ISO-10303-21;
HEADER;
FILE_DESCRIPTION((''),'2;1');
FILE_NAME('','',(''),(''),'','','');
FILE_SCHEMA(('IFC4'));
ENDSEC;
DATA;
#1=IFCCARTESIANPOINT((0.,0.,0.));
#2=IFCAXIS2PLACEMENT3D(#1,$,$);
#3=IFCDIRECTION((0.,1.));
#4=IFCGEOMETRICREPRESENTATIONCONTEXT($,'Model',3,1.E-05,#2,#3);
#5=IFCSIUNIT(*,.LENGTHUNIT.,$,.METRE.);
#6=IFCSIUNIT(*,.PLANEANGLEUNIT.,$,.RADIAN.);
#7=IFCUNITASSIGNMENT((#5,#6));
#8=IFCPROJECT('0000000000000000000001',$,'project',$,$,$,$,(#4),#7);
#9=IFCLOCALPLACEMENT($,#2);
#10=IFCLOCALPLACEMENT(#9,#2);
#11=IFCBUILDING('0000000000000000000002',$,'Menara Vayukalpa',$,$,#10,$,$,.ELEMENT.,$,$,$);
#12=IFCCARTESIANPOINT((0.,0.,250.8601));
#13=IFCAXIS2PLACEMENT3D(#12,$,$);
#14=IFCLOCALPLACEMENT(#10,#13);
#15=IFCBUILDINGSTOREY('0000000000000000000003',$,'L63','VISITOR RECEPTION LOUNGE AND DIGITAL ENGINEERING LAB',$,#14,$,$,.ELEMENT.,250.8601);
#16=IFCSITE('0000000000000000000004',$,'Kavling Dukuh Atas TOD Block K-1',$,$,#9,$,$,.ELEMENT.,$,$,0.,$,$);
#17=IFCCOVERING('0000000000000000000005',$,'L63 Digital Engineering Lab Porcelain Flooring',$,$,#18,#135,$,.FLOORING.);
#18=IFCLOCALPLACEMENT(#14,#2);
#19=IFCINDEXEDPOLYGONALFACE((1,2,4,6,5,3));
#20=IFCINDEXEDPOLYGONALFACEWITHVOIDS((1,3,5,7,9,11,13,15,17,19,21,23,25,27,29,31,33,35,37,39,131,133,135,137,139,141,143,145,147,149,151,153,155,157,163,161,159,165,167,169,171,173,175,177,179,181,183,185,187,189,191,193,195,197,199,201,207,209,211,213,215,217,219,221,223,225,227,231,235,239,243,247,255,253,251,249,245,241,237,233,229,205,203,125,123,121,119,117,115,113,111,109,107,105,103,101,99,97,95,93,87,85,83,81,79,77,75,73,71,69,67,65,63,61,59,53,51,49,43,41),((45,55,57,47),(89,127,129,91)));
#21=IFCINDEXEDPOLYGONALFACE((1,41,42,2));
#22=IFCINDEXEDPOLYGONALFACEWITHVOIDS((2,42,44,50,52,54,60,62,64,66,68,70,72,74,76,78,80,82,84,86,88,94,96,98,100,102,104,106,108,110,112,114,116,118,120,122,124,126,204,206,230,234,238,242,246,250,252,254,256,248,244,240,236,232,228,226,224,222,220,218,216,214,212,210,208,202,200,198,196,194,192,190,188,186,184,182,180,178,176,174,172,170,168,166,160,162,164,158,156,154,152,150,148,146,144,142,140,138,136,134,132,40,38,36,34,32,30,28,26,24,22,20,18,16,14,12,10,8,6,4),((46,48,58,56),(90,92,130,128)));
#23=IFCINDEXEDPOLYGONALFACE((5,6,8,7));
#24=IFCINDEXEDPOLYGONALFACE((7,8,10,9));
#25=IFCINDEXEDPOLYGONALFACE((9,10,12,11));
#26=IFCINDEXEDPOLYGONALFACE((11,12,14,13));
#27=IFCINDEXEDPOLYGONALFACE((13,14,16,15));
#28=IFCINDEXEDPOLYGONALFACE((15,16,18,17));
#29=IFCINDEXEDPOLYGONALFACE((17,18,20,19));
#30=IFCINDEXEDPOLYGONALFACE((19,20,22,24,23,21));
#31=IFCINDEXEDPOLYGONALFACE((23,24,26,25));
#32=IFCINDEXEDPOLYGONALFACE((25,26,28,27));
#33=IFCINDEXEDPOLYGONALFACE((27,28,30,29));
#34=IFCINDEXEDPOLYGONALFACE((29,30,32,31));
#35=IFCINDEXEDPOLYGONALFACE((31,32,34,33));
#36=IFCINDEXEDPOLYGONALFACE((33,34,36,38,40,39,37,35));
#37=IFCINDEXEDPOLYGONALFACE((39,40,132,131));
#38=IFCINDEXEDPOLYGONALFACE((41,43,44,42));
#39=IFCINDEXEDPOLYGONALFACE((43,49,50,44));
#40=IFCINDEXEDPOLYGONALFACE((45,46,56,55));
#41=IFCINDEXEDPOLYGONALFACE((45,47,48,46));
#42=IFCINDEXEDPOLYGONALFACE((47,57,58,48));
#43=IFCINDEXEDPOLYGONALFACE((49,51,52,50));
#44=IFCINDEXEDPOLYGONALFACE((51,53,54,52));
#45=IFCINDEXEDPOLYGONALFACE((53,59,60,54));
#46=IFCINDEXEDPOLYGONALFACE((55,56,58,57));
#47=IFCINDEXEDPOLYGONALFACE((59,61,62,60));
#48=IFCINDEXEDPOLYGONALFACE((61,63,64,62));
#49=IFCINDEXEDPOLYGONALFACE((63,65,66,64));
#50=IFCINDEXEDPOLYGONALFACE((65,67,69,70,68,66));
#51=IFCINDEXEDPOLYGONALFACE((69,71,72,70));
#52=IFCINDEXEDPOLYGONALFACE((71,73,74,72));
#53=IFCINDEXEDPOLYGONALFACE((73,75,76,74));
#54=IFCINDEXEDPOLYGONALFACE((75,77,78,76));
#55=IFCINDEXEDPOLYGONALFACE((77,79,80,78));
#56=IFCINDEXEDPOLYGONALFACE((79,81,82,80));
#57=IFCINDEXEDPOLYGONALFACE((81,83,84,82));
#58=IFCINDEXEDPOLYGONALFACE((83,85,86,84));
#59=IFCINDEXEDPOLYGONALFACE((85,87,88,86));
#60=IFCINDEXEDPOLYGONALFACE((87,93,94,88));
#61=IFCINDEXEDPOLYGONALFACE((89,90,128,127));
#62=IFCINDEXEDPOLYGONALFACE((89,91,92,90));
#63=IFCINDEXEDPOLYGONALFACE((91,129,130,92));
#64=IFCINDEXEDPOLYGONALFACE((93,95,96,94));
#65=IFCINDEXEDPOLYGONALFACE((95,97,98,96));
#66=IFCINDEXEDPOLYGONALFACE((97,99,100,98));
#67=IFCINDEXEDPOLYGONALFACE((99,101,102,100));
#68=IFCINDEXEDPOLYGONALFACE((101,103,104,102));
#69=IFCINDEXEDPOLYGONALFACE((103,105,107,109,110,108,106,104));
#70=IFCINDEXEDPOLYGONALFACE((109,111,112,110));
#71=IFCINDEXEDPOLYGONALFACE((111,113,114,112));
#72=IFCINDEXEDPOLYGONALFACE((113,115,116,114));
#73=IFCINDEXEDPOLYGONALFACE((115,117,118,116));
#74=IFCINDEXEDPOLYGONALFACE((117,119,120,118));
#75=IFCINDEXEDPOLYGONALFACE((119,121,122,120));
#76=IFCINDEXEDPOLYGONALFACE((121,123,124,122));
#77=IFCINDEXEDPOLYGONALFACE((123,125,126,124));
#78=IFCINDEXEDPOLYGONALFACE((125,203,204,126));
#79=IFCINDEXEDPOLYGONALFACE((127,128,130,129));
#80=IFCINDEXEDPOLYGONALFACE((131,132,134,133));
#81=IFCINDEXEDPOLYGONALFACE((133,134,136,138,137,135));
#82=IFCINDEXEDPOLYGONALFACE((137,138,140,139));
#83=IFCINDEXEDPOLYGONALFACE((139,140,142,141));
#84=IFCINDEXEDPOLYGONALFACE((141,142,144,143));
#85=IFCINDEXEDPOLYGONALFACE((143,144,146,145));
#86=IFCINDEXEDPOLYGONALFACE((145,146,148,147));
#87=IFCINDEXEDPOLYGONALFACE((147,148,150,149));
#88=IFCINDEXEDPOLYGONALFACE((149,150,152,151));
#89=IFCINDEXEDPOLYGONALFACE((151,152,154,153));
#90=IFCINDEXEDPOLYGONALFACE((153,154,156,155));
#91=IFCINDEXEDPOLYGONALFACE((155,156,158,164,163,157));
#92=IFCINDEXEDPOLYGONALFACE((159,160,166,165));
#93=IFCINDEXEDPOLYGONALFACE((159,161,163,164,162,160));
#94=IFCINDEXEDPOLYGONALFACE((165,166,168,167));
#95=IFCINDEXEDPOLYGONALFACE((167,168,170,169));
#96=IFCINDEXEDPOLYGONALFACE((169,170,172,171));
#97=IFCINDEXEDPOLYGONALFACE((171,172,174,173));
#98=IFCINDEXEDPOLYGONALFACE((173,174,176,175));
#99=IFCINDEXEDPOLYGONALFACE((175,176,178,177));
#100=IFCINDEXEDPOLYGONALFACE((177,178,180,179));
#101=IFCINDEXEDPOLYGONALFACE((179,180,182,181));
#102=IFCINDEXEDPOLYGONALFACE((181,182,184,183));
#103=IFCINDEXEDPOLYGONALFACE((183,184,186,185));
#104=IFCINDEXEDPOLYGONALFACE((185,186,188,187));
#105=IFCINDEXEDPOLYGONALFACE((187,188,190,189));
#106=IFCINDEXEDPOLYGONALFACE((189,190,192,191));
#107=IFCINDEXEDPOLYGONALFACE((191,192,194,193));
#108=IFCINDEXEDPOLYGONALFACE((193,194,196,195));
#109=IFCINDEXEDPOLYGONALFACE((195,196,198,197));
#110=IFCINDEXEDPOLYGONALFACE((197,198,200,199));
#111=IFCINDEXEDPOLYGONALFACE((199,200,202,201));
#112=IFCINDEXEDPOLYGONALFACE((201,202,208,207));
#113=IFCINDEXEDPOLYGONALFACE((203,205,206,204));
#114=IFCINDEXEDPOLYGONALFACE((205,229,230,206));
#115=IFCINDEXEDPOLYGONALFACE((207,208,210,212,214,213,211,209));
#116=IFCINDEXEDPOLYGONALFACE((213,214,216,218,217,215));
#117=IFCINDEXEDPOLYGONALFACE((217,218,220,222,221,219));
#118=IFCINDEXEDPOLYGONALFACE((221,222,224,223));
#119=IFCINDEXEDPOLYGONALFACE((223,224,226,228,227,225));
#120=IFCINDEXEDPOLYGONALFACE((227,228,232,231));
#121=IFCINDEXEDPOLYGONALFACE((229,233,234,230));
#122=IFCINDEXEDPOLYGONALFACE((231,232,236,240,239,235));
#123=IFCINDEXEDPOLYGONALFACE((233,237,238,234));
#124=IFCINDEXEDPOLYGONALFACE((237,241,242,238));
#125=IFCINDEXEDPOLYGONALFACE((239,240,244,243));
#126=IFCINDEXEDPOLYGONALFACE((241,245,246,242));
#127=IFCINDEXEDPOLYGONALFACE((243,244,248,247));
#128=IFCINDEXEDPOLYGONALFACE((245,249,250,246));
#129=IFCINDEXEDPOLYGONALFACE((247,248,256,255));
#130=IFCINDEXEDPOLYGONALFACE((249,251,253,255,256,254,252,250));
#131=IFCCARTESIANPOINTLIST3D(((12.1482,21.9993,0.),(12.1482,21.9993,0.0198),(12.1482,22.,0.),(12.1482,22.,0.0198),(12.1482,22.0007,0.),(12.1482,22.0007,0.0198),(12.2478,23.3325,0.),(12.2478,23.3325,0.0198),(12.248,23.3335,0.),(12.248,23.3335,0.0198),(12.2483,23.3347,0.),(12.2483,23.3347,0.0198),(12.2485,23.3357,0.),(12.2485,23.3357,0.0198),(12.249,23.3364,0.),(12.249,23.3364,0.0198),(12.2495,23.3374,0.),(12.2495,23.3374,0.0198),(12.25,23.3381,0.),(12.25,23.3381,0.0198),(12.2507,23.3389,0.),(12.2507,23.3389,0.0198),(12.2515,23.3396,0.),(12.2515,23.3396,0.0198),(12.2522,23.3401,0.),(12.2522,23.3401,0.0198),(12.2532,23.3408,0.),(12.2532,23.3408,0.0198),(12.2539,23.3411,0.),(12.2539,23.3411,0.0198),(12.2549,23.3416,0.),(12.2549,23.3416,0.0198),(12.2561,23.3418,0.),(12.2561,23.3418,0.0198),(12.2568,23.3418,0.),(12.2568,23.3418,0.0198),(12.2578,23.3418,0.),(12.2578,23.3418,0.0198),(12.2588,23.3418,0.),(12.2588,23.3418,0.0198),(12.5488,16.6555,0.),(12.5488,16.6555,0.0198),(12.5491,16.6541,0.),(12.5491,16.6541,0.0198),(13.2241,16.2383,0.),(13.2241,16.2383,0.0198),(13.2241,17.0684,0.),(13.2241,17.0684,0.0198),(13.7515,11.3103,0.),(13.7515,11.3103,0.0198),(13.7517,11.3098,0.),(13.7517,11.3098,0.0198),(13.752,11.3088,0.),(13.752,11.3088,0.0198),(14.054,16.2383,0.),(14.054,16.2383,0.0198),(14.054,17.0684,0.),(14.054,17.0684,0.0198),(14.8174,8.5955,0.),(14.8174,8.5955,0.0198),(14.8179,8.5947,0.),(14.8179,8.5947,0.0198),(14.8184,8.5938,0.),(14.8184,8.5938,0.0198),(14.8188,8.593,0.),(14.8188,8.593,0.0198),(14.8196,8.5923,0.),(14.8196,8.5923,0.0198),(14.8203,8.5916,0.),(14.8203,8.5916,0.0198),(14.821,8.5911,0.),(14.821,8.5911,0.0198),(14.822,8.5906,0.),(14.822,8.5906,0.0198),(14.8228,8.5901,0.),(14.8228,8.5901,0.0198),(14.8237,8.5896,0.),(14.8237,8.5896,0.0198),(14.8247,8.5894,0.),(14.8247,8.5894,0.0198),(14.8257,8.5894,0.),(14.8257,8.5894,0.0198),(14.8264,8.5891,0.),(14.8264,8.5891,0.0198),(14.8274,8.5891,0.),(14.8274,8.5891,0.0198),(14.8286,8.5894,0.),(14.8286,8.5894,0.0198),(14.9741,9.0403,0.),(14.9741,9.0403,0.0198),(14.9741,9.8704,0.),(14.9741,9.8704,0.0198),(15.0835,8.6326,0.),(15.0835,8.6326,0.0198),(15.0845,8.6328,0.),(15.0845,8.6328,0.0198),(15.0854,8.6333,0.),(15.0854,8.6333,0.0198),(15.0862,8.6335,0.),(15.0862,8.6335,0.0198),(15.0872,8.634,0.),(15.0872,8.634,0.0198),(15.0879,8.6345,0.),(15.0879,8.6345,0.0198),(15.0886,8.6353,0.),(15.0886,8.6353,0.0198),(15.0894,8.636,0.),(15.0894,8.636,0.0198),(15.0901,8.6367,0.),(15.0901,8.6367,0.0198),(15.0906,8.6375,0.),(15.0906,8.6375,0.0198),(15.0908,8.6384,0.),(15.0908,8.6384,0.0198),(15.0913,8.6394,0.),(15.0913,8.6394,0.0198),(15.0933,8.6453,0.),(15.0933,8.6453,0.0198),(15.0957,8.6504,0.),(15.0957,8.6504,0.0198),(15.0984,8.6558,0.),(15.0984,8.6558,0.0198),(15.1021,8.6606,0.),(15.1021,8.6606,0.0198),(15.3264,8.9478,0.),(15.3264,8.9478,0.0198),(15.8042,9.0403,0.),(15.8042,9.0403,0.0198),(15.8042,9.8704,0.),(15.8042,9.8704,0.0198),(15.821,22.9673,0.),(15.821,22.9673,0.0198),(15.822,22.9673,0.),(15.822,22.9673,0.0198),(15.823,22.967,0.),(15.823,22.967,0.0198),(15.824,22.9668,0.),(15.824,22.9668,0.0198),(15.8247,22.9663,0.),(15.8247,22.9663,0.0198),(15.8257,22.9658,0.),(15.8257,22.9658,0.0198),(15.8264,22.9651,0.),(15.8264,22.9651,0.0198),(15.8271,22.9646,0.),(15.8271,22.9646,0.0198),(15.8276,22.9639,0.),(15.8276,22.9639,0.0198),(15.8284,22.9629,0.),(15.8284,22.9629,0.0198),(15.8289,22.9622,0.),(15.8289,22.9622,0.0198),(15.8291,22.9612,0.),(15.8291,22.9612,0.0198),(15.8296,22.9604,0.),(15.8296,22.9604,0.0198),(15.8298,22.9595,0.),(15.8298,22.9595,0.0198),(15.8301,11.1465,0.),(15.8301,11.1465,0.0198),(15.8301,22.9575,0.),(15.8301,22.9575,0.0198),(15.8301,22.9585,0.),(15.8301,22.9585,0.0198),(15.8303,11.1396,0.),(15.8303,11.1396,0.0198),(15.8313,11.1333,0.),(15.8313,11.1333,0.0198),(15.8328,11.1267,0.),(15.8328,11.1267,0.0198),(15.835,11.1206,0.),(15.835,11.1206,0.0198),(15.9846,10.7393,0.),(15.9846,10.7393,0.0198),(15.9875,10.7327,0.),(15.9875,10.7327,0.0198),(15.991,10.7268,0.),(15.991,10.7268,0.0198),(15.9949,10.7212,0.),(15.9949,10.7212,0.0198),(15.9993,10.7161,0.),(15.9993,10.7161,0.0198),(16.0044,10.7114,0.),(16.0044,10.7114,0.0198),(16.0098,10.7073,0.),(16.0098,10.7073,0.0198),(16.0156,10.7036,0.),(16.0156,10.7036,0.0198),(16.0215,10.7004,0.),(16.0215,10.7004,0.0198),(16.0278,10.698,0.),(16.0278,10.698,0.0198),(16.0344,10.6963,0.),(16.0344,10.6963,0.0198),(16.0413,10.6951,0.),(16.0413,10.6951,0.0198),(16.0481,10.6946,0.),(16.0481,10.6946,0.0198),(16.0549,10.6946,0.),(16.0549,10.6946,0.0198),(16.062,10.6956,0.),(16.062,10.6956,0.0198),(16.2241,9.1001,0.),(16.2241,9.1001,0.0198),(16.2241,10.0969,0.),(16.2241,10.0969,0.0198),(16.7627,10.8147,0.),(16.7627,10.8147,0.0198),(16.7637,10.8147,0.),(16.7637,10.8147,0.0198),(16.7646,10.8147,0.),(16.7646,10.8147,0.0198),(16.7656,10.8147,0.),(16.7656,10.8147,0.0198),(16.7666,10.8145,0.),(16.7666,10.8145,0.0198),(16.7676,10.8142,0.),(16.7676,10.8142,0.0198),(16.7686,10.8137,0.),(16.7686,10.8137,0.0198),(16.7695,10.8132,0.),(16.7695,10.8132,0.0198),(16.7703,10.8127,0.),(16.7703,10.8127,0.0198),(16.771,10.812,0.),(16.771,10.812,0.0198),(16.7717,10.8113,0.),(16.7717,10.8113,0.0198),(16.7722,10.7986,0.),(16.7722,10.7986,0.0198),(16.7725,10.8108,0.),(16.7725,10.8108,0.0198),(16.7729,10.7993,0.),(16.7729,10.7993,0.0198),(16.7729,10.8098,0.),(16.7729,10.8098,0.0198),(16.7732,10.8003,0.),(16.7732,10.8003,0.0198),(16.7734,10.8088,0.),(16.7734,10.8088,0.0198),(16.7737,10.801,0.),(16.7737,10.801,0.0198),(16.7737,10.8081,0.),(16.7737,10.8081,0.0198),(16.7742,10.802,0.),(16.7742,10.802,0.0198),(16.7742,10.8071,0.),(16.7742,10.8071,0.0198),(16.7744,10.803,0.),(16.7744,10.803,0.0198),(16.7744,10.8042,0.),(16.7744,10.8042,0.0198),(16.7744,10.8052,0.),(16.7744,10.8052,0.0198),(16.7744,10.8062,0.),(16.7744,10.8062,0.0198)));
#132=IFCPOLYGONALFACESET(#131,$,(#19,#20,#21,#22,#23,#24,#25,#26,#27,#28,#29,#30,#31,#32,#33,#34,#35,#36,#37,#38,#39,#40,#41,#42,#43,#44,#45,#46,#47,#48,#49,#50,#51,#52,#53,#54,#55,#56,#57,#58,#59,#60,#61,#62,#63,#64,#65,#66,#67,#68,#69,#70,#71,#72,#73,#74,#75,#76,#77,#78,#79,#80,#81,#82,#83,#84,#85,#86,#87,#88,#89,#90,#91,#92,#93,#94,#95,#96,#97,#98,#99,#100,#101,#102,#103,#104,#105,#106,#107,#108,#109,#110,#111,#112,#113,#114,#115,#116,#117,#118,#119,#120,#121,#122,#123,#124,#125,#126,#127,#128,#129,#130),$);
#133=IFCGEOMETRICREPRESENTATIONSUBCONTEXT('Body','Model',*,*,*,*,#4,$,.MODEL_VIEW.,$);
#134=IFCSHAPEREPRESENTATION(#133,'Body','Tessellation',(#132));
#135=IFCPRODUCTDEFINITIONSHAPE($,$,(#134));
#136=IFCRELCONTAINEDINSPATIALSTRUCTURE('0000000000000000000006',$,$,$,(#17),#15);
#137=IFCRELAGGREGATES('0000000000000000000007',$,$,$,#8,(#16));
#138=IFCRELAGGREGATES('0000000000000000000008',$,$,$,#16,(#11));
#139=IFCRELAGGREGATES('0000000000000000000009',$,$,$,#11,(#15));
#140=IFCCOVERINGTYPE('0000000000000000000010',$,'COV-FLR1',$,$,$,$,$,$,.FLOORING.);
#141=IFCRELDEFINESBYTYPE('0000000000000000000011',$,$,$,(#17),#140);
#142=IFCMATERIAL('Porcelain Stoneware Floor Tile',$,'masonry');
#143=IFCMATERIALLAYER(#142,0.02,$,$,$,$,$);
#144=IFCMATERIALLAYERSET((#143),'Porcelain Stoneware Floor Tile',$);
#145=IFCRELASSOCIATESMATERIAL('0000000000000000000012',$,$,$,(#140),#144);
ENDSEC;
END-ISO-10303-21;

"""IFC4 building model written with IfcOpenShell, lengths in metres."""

from ifc_helpers import new_model, si_unit, direction, frame, origin, place, context, subcontext, project, spatial, polyline, outline, extrude, material, layer, layer_set, type_object, element, save


model = new_model("IFC4")

# Units and contexts
model_context = context("Model", 3, precision=1e-05, world=origin(), true_north=direction((0.0, 1.0)))
body_context = subcontext(model_context, "Body", "Model", "MODEL_VIEW")
ifc_project = project(units=[si_unit("LENGTHUNIT", "METRE"), si_unit("PLANEANGLEUNIT", "RADIAN")], contexts=[model_context])

# Site, building, storey
site_placement = place(None, origin())
site = spatial("IfcSite", under=ifc_project, at=site_placement, Name="Kavling Dukuh Atas TOD Block K-1", CompositionType="ELEMENT", RefElevation=0.0)
building_placement = place(site_placement, origin())
building = spatial("IfcBuilding", under=site, at=building_placement, Name="Menara Vayukalpa", CompositionType="ELEMENT")
storey_placement = place(building_placement, frame((0.0, 0.0, 250.8601)))
storey = spatial("IfcBuildingStorey", under=building, at=storey_placement, Name="L63", Description="VISITOR RECEPTION LOUNGE AND DIGITAL ENGINEERING LAB", CompositionType="ELEMENT", Elevation=250.8601)

# Covering
ifc_material_1 = material(Name="Porcelain Stoneware Floor Tile", Category="masonry")
ifc_layer_1 = layer(ifc_material_1, 0.02)
ifc_layer_set_1 = layer_set([ifc_layer_1], Name="Porcelain Stoneware Floor Tile")
covering_type_1 = type_object("IfcCoveringType", Name="COV-FLR1", PredefinedType="FLOORING", material=ifc_layer_set_1)
covering_1_placement = place(storey_placement, origin())
element("IfcCovering", 1, at=covering_1_placement, inside=storey, type_object=covering_type_1, Name="L63 Digital Engineering Lab Porcelain Flooring", PredefinedType="FLOORING", context=body_context, shape_type="SweptSolid", body=[
    extrude(outline(polyline([(15.3264, 8.9478), (15.1021, 8.6606), (15.0984, 8.6558), (15.0957, 8.6504), (15.0933, 8.6453), (15.0913, 8.6394), (15.0908, 8.6384), (15.0906, 8.6375), (15.0901, 8.6367), (15.0894, 8.636), (15.0886, 8.6353), (15.0879, 8.6345), (15.0872, 8.634), (15.0862, 8.6335), (15.0854, 8.6333), (15.0845, 8.6328), (15.0835, 8.6326), (14.8286, 8.5894), (14.8274, 8.5891), (14.8264, 8.5891), (14.8257, 8.5894), (14.8247, 8.5894), (14.8237, 8.5896), (14.8228, 8.5901), (14.822, 8.5906), (14.821, 8.5911), (14.8203, 8.5916), (14.8196, 8.5923), (14.8188, 8.593), (14.8184, 8.5938), (14.8179, 8.5947), (14.8174, 8.5955), (13.752, 11.3088), (13.7517, 11.3098), (13.7515, 11.3103), (12.5491, 16.6541), (12.5488, 16.6555), (12.1482, 21.9993), (12.1482, 22.0), (12.1482, 22.0007), (12.2478, 23.3325), (12.248, 23.3335), (12.2483, 23.3347), (12.2485, 23.3357), (12.249, 23.3364), (12.2495, 23.3374), (12.25, 23.3381), (12.2507, 23.3389), (12.2515, 23.3396), (12.2522, 23.3401), (12.2532, 23.3408), (12.2539, 23.3411), (12.2549, 23.3416), (12.2561, 23.3418), (12.2568, 23.3418), (12.2578, 23.3418), (12.2588, 23.3418), (15.821, 22.9673), (15.822, 22.9673), (15.823, 22.967), (15.824, 22.9668), (15.8247, 22.9663), (15.8257, 22.9658), (15.8264, 22.9651), (15.8271, 22.9646), (15.8276, 22.9639), (15.8284, 22.9629), (15.8289, 22.9622), (15.8291, 22.9612), (15.8296, 22.9604), (15.8298, 22.9595), (15.8301, 22.9585), (15.8301, 22.9575), (15.8301, 11.1465), (15.8303, 11.1396), (15.8313, 11.1333), (15.8328, 11.1267), (15.835, 11.1206), (15.9846, 10.7393), (15.9875, 10.7327), (15.991, 10.7268), (15.9949, 10.7212), (15.9993, 10.7161), (16.0044, 10.7114), (16.0098, 10.7073), (16.0156, 10.7036), (16.0215, 10.7004), (16.0278, 10.698), (16.0344, 10.6963), (16.0413, 10.6951), (16.0481, 10.6946), (16.0549, 10.6946), (16.062, 10.6956), (16.7627, 10.8147), (16.7637, 10.8147), (16.7646, 10.8147), (16.7656, 10.8147), (16.7666, 10.8145), (16.7676, 10.8142), (16.7686, 10.8137), (16.7695, 10.8132), (16.7703, 10.8127), (16.771, 10.812), (16.7717, 10.8113), (16.7725, 10.8108), (16.7729, 10.8098), (16.7734, 10.8088), (16.7737, 10.8081), (16.7742, 10.8071), (16.7744, 10.8062), (16.7744, 10.8052), (16.7744, 10.8042), (16.7744, 10.803), (16.7742, 10.802), (16.7737, 10.801), (16.7732, 10.8003), (16.7729, 10.7993), (16.7722, 10.7986), (16.2241, 10.0969), (16.2241, 9.1001), (15.3264, 8.9478)]), holes=[polyline([(14.9741, 9.8704), (14.9741, 9.0403), (15.8042, 9.0403), (15.8042, 9.8704), (14.9741, 9.8704)]), polyline([(14.054, 17.0684), (13.2241, 17.0684), (13.2241, 16.2383), (14.054, 16.2383), (14.054, 17.0684)])]), origin(), (0.0, 0.0, 1.0), 0.0198),
])

save(model, "model.ifc")
